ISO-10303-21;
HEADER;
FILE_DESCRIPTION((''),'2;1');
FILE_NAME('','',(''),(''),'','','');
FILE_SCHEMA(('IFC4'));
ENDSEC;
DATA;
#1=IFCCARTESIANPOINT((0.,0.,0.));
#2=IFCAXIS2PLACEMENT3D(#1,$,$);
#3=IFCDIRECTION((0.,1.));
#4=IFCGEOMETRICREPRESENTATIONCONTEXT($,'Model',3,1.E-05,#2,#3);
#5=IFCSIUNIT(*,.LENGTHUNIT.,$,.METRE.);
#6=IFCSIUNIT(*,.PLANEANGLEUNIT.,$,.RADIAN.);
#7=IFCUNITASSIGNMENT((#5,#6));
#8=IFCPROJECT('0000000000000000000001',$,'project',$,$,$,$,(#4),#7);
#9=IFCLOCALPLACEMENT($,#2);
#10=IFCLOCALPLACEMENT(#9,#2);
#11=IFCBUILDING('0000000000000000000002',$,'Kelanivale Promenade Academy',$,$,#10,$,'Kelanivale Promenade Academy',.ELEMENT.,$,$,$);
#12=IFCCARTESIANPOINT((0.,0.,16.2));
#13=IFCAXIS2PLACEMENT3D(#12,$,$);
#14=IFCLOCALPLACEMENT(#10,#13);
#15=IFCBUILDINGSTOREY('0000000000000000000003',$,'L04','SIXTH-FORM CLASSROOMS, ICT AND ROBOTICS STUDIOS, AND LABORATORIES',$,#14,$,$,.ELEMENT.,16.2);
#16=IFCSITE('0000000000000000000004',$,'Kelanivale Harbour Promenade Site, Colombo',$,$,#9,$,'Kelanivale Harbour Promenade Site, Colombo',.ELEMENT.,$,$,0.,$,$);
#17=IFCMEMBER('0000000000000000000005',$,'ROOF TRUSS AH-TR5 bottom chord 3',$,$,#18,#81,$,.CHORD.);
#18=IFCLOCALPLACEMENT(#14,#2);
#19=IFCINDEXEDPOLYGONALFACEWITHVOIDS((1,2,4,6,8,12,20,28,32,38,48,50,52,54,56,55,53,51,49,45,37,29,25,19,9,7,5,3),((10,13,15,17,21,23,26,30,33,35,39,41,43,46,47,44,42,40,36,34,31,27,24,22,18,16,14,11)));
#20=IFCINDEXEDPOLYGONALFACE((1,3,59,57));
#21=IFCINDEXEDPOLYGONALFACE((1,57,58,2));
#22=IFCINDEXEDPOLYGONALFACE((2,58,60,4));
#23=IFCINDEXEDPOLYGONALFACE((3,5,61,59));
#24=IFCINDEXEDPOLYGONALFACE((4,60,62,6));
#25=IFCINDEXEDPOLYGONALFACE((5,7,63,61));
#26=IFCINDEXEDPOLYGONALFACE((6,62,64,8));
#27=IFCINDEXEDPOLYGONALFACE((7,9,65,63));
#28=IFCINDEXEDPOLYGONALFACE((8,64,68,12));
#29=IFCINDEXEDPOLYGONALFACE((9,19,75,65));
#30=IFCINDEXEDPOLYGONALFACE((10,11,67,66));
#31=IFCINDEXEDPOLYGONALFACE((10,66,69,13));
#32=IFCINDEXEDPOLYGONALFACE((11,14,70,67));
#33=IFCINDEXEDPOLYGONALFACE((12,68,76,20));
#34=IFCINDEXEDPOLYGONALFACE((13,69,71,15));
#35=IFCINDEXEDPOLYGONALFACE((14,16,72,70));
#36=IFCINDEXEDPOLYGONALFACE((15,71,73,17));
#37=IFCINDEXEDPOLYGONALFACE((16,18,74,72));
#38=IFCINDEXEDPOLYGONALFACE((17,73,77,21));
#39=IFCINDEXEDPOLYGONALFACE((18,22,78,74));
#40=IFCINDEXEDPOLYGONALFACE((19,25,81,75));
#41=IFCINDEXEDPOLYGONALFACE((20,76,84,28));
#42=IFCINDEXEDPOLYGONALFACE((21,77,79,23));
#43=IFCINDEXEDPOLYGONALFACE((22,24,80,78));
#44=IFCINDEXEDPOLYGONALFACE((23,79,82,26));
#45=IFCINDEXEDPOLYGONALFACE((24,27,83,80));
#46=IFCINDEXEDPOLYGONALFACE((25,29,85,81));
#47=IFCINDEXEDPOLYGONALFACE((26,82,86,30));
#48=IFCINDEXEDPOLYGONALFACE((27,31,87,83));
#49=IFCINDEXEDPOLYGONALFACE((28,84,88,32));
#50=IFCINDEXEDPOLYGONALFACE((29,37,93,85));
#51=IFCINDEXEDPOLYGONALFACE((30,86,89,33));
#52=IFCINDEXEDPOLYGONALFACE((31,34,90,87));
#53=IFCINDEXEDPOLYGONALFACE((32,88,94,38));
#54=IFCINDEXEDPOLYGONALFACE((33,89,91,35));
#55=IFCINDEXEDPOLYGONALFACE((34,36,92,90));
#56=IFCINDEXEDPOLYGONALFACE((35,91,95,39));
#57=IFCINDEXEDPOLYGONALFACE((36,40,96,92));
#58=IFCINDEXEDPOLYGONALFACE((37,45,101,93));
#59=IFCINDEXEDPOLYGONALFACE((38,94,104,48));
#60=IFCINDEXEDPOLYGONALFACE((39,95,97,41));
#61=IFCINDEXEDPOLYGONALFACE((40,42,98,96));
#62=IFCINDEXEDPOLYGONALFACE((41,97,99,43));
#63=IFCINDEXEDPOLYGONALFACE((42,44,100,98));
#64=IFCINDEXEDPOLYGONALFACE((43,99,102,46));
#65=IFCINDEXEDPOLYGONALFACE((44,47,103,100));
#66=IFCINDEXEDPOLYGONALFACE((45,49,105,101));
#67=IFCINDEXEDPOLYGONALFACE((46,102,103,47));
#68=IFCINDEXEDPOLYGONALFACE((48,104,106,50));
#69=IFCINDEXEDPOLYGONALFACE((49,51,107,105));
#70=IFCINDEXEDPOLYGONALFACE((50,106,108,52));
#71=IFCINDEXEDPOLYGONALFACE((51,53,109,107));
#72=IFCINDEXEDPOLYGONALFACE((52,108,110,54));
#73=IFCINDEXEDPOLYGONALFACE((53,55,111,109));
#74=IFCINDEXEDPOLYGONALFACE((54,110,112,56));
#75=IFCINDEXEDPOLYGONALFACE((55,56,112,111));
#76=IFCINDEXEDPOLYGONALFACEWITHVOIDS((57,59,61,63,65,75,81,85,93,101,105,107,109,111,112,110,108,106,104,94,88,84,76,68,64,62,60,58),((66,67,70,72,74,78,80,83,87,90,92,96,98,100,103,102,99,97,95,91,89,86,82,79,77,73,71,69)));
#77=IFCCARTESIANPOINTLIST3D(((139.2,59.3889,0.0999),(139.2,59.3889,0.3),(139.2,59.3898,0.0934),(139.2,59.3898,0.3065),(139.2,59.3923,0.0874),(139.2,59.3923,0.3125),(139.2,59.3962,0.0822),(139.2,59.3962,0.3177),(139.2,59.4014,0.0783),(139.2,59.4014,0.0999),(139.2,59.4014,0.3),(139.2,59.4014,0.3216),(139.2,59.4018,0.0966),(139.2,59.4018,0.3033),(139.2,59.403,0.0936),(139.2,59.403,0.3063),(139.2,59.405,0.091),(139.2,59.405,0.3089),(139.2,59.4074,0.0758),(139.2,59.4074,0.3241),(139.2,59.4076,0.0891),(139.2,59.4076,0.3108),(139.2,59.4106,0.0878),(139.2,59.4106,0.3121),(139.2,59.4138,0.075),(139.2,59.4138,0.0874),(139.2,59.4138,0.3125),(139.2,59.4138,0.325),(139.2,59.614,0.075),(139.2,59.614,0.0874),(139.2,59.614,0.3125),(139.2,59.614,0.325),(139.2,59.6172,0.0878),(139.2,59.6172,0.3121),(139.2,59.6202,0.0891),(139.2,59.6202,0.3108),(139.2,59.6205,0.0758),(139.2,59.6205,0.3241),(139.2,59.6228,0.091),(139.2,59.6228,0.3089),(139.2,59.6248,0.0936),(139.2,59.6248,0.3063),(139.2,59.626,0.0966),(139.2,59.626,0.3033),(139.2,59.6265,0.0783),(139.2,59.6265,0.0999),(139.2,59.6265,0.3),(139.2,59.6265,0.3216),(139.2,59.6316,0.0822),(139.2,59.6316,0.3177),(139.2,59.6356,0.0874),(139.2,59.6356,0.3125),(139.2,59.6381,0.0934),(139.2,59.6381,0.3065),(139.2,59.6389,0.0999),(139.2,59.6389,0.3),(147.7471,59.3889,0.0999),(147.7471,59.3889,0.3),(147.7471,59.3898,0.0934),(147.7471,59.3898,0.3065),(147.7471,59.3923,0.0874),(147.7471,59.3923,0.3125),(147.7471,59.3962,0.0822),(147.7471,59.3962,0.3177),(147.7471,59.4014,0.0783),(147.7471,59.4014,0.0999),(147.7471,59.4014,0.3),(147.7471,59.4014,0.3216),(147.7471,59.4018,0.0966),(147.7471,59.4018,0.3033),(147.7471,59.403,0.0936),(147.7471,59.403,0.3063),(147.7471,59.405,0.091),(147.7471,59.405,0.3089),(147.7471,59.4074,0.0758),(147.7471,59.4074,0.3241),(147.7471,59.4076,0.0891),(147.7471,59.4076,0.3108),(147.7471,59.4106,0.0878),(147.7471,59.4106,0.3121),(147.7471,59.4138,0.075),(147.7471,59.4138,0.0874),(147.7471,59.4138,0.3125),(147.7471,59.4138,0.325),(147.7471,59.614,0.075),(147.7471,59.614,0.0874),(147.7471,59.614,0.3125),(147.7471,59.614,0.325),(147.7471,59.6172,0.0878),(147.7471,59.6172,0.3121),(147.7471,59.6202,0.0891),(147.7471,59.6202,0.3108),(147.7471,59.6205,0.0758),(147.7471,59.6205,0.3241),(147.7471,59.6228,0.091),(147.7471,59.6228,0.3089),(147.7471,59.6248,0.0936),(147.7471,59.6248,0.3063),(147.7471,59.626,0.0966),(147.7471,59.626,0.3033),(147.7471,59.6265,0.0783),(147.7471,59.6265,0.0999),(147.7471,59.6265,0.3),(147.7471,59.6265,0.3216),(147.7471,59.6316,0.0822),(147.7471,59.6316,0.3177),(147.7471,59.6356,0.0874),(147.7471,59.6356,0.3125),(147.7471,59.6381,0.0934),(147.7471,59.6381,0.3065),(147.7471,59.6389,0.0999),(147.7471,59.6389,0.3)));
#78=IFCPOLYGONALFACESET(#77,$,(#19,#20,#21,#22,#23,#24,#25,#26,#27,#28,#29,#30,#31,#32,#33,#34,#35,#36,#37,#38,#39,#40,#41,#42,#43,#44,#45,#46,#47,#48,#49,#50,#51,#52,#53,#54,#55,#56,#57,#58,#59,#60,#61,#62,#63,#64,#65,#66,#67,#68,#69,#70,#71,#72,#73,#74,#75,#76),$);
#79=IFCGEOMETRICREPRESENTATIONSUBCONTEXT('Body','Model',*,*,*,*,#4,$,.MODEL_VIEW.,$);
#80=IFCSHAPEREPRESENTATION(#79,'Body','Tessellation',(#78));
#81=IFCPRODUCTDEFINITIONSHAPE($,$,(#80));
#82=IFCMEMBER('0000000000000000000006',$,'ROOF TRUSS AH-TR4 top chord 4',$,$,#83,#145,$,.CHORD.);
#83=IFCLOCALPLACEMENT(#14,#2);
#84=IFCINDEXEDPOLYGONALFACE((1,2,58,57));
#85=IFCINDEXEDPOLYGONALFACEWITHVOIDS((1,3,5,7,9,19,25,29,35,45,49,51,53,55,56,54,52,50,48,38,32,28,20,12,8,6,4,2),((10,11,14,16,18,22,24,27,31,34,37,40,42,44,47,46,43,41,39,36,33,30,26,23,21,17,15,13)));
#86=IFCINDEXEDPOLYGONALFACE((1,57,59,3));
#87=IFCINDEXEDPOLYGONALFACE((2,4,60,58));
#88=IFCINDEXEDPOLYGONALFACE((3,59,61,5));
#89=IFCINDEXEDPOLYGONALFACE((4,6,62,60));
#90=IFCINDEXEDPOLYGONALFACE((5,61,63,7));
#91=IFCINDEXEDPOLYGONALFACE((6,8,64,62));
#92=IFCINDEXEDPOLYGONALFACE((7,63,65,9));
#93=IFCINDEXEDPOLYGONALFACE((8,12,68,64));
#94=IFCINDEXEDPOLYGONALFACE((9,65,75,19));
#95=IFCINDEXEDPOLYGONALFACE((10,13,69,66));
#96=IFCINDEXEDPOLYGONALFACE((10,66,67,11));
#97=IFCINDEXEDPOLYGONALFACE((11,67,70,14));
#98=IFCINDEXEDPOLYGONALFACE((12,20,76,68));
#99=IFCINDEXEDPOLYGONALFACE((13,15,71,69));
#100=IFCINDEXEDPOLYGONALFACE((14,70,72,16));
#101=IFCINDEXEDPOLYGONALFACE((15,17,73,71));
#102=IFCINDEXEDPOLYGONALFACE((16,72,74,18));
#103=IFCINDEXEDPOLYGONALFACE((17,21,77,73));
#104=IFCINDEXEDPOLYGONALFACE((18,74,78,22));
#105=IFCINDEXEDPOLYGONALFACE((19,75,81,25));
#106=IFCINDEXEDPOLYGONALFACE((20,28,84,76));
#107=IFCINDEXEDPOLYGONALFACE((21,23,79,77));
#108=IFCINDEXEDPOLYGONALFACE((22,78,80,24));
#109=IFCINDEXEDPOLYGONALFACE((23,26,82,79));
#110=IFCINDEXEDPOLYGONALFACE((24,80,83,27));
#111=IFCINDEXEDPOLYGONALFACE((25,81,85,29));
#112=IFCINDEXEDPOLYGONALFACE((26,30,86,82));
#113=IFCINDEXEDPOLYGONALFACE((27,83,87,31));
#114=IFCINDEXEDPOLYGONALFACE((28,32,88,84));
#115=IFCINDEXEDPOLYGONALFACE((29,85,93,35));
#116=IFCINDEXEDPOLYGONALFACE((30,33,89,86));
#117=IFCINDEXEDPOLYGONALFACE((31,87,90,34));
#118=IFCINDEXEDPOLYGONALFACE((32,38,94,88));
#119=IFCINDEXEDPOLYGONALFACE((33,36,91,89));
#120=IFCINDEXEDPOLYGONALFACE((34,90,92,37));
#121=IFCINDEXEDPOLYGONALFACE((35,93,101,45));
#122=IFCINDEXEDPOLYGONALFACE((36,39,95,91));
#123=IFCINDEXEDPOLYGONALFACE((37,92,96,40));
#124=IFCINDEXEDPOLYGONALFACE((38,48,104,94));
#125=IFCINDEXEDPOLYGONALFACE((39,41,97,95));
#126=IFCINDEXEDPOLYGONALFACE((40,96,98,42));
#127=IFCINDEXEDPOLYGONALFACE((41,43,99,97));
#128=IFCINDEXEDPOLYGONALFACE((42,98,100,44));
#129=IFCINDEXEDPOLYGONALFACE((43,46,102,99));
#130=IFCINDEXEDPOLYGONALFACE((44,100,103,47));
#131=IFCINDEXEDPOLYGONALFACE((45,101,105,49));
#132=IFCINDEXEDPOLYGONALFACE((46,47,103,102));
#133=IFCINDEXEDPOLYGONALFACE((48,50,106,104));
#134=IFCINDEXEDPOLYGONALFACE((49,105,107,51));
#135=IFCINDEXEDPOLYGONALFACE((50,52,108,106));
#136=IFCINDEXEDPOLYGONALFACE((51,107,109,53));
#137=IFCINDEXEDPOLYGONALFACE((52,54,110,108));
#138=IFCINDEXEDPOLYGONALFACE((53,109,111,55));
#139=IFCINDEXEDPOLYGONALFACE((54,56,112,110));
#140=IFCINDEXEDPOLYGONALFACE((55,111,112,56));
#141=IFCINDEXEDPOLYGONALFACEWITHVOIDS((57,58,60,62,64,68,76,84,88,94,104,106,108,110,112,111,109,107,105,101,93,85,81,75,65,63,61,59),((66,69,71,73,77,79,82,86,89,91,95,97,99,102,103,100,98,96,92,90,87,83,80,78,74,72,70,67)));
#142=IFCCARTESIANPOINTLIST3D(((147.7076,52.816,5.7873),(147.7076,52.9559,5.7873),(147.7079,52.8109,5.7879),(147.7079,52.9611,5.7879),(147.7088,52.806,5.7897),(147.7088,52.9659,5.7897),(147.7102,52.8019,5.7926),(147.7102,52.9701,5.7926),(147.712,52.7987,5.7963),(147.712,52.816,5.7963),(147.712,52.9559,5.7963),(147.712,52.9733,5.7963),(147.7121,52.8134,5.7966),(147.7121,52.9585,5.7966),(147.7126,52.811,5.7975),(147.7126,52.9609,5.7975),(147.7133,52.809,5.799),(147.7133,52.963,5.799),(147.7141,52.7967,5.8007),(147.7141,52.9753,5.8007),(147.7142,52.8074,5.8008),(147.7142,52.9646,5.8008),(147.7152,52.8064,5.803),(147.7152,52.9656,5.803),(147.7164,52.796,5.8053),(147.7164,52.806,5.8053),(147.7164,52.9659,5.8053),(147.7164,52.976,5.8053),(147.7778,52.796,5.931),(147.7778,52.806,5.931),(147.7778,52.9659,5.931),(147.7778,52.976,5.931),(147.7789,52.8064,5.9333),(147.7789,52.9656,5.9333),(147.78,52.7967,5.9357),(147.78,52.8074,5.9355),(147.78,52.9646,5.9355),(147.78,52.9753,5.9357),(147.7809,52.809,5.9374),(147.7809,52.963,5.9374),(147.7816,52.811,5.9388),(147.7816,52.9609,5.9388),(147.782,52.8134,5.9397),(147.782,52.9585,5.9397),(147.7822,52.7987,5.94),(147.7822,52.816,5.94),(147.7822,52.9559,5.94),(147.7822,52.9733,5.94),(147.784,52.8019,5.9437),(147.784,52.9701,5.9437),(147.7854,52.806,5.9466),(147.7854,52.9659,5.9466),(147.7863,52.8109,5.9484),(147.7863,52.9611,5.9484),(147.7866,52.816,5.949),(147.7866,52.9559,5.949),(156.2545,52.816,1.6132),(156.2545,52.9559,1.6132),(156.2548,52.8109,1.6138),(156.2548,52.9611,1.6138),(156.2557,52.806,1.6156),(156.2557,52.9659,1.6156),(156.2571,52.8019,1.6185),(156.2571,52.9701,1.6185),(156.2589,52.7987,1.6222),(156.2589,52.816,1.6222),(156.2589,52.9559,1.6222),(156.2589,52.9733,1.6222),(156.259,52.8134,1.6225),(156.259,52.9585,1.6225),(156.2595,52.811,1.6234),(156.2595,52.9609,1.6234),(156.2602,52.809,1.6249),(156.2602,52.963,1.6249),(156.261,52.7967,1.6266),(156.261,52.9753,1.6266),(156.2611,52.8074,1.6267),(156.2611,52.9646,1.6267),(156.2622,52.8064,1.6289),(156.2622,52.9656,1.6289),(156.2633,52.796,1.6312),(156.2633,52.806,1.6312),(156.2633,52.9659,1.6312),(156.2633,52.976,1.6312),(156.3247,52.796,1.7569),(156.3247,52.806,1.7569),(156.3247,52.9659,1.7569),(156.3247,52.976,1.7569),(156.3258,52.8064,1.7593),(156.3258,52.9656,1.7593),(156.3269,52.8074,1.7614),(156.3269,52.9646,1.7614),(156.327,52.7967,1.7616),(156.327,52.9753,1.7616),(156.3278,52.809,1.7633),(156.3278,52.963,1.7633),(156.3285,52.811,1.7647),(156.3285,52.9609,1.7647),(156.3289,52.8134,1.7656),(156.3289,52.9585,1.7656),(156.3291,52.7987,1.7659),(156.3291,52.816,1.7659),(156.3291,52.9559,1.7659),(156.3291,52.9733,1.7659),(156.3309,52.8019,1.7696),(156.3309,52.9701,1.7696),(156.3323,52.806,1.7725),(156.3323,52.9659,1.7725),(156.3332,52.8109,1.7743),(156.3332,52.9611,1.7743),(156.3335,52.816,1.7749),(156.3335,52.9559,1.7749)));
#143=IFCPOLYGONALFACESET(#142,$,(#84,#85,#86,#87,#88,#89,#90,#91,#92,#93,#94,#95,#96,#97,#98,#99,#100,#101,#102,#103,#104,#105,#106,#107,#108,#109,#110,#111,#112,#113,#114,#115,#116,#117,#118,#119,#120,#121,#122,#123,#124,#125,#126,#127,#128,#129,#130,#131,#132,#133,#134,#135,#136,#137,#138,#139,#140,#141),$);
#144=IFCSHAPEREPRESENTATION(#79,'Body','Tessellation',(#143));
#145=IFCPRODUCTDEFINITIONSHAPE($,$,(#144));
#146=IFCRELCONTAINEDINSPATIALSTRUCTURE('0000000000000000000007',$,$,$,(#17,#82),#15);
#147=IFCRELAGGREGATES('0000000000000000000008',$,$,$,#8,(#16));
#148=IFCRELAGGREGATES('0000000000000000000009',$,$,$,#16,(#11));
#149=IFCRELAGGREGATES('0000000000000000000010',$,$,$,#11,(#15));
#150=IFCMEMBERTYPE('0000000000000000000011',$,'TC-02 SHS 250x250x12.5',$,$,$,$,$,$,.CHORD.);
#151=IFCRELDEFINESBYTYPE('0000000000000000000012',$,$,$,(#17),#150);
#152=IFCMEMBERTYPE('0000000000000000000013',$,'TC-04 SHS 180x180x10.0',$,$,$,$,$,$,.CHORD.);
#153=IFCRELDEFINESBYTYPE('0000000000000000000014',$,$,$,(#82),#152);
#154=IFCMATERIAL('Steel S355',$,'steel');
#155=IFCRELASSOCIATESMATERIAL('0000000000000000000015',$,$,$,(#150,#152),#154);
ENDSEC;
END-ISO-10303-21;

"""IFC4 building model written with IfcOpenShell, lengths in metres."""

from ifc_helpers import new_model, si_unit, direction, frame, origin, origin_2d, place, context, subcontext, project, spatial, hollow_rectangle, extrude, material, material_profile, profile_set, type_object, element, save


model = new_model("IFC4")

# Units and contexts
model_context = context("Model", 3, precision=1e-05, world=origin(), true_north=direction((0.0, 1.0)))
body_context = subcontext(model_context, "Body", "Model", "MODEL_VIEW")
ifc_project = project(units=[si_unit("LENGTHUNIT", "METRE"), si_unit("PLANEANGLEUNIT", "RADIAN")], contexts=[model_context])

# Site, building, storey
site_placement = place(None, origin())
site = spatial("IfcSite", under=ifc_project, at=site_placement, Name="Kelanivale Harbour Promenade Site, Colombo", LongName="Kelanivale Harbour Promenade Site, Colombo", CompositionType="ELEMENT", RefElevation=0.0)
building_placement = place(site_placement, origin())
building = spatial("IfcBuilding", under=site, at=building_placement, Name="Kelanivale Promenade Academy", LongName="Kelanivale Promenade Academy", CompositionType="ELEMENT")
storey_placement = place(building_placement, frame((0.0, 0.0, 16.2)))
storey = spatial("IfcBuildingStorey", under=building, at=storey_placement, Name="L04", Description="SIXTH-FORM CLASSROOMS, ICT AND ROBOTICS STUDIOS, AND LABORATORIES", CompositionType="ELEMENT", Elevation=16.2)

# Members
ifc_material_1 = material(Name="Steel S355", Category="steel")
ifc_material_profile_1 = material_profile(ifc_material_1, hollow_rectangle(XDim=0.25, YDim=0.25, WallThickness=0.0125, InnerFilletRadius=0.0125, OuterFilletRadius=0.0249, at=origin_2d()), Name="SHS 250x250x12.5")
ifc_profile_set_1 = profile_set([ifc_material_profile_1], Name="Steel S355")
member_type_1 = type_object("IfcMemberType", Name="TC-02 SHS 250x250x12.5", PredefinedType="CHORD", material=ifc_profile_set_1)
member_1_placement = place(storey_placement, frame((139.2, 59.5139, 0.2), z_axis=(1.0, 0.0, 0.0), x_axis=(0.0, 1.0, 0.0)))
element("IfcMember", 1, at=member_1_placement, inside=storey, type_object=member_type_1, Name="ROOF TRUSS AH-TR5 bottom chord 3", PredefinedType="CHORD", context=body_context, shape_type="SweptSolid", body=[
    extrude(hollow_rectangle(XDim=0.25, YDim=0.25, WallThickness=0.0125, InnerFilletRadius=0.0125, OuterFilletRadius=0.0249, at=origin_2d()), origin(), (0.0, 0.0, 1.0), 8.5471),
])
ifc_material_profile_2 = material_profile(ifc_material_1, hollow_rectangle(XDim=0.1799, YDim=0.1799, WallThickness=0.01, InnerFilletRadius=0.01, OuterFilletRadius=0.02, at=origin_2d()), Name="SHS 180x180x10.0")
ifc_profile_set_2 = profile_set([ifc_material_profile_2], Name="Steel S355")
member_type_2 = type_object("IfcMemberType", Name="TC-04 SHS 180x180x10.0", PredefinedType="CHORD", material=ifc_profile_set_2)
member_2_placement = place(storey_placement, frame((147.7471, 52.886, 5.8682), z_axis=(0.898567, 0.0, -0.438837), x_axis=(0.0, 1.0, 0.0)))
element("IfcMember", 2, at=member_2_placement, inside=storey, type_object=member_type_2, Name="ROOF TRUSS AH-TR4 top chord 4", PredefinedType="CHORD", context=body_context, shape_type="SweptSolid", body=[
    extrude(hollow_rectangle(XDim=0.1799, YDim=0.1799, WallThickness=0.01, InnerFilletRadius=0.01, OuterFilletRadius=0.02, at=origin_2d()), origin(), (0.0, 0.0, 1.0), 9.5117),
])

save(model, "model.ifc")
